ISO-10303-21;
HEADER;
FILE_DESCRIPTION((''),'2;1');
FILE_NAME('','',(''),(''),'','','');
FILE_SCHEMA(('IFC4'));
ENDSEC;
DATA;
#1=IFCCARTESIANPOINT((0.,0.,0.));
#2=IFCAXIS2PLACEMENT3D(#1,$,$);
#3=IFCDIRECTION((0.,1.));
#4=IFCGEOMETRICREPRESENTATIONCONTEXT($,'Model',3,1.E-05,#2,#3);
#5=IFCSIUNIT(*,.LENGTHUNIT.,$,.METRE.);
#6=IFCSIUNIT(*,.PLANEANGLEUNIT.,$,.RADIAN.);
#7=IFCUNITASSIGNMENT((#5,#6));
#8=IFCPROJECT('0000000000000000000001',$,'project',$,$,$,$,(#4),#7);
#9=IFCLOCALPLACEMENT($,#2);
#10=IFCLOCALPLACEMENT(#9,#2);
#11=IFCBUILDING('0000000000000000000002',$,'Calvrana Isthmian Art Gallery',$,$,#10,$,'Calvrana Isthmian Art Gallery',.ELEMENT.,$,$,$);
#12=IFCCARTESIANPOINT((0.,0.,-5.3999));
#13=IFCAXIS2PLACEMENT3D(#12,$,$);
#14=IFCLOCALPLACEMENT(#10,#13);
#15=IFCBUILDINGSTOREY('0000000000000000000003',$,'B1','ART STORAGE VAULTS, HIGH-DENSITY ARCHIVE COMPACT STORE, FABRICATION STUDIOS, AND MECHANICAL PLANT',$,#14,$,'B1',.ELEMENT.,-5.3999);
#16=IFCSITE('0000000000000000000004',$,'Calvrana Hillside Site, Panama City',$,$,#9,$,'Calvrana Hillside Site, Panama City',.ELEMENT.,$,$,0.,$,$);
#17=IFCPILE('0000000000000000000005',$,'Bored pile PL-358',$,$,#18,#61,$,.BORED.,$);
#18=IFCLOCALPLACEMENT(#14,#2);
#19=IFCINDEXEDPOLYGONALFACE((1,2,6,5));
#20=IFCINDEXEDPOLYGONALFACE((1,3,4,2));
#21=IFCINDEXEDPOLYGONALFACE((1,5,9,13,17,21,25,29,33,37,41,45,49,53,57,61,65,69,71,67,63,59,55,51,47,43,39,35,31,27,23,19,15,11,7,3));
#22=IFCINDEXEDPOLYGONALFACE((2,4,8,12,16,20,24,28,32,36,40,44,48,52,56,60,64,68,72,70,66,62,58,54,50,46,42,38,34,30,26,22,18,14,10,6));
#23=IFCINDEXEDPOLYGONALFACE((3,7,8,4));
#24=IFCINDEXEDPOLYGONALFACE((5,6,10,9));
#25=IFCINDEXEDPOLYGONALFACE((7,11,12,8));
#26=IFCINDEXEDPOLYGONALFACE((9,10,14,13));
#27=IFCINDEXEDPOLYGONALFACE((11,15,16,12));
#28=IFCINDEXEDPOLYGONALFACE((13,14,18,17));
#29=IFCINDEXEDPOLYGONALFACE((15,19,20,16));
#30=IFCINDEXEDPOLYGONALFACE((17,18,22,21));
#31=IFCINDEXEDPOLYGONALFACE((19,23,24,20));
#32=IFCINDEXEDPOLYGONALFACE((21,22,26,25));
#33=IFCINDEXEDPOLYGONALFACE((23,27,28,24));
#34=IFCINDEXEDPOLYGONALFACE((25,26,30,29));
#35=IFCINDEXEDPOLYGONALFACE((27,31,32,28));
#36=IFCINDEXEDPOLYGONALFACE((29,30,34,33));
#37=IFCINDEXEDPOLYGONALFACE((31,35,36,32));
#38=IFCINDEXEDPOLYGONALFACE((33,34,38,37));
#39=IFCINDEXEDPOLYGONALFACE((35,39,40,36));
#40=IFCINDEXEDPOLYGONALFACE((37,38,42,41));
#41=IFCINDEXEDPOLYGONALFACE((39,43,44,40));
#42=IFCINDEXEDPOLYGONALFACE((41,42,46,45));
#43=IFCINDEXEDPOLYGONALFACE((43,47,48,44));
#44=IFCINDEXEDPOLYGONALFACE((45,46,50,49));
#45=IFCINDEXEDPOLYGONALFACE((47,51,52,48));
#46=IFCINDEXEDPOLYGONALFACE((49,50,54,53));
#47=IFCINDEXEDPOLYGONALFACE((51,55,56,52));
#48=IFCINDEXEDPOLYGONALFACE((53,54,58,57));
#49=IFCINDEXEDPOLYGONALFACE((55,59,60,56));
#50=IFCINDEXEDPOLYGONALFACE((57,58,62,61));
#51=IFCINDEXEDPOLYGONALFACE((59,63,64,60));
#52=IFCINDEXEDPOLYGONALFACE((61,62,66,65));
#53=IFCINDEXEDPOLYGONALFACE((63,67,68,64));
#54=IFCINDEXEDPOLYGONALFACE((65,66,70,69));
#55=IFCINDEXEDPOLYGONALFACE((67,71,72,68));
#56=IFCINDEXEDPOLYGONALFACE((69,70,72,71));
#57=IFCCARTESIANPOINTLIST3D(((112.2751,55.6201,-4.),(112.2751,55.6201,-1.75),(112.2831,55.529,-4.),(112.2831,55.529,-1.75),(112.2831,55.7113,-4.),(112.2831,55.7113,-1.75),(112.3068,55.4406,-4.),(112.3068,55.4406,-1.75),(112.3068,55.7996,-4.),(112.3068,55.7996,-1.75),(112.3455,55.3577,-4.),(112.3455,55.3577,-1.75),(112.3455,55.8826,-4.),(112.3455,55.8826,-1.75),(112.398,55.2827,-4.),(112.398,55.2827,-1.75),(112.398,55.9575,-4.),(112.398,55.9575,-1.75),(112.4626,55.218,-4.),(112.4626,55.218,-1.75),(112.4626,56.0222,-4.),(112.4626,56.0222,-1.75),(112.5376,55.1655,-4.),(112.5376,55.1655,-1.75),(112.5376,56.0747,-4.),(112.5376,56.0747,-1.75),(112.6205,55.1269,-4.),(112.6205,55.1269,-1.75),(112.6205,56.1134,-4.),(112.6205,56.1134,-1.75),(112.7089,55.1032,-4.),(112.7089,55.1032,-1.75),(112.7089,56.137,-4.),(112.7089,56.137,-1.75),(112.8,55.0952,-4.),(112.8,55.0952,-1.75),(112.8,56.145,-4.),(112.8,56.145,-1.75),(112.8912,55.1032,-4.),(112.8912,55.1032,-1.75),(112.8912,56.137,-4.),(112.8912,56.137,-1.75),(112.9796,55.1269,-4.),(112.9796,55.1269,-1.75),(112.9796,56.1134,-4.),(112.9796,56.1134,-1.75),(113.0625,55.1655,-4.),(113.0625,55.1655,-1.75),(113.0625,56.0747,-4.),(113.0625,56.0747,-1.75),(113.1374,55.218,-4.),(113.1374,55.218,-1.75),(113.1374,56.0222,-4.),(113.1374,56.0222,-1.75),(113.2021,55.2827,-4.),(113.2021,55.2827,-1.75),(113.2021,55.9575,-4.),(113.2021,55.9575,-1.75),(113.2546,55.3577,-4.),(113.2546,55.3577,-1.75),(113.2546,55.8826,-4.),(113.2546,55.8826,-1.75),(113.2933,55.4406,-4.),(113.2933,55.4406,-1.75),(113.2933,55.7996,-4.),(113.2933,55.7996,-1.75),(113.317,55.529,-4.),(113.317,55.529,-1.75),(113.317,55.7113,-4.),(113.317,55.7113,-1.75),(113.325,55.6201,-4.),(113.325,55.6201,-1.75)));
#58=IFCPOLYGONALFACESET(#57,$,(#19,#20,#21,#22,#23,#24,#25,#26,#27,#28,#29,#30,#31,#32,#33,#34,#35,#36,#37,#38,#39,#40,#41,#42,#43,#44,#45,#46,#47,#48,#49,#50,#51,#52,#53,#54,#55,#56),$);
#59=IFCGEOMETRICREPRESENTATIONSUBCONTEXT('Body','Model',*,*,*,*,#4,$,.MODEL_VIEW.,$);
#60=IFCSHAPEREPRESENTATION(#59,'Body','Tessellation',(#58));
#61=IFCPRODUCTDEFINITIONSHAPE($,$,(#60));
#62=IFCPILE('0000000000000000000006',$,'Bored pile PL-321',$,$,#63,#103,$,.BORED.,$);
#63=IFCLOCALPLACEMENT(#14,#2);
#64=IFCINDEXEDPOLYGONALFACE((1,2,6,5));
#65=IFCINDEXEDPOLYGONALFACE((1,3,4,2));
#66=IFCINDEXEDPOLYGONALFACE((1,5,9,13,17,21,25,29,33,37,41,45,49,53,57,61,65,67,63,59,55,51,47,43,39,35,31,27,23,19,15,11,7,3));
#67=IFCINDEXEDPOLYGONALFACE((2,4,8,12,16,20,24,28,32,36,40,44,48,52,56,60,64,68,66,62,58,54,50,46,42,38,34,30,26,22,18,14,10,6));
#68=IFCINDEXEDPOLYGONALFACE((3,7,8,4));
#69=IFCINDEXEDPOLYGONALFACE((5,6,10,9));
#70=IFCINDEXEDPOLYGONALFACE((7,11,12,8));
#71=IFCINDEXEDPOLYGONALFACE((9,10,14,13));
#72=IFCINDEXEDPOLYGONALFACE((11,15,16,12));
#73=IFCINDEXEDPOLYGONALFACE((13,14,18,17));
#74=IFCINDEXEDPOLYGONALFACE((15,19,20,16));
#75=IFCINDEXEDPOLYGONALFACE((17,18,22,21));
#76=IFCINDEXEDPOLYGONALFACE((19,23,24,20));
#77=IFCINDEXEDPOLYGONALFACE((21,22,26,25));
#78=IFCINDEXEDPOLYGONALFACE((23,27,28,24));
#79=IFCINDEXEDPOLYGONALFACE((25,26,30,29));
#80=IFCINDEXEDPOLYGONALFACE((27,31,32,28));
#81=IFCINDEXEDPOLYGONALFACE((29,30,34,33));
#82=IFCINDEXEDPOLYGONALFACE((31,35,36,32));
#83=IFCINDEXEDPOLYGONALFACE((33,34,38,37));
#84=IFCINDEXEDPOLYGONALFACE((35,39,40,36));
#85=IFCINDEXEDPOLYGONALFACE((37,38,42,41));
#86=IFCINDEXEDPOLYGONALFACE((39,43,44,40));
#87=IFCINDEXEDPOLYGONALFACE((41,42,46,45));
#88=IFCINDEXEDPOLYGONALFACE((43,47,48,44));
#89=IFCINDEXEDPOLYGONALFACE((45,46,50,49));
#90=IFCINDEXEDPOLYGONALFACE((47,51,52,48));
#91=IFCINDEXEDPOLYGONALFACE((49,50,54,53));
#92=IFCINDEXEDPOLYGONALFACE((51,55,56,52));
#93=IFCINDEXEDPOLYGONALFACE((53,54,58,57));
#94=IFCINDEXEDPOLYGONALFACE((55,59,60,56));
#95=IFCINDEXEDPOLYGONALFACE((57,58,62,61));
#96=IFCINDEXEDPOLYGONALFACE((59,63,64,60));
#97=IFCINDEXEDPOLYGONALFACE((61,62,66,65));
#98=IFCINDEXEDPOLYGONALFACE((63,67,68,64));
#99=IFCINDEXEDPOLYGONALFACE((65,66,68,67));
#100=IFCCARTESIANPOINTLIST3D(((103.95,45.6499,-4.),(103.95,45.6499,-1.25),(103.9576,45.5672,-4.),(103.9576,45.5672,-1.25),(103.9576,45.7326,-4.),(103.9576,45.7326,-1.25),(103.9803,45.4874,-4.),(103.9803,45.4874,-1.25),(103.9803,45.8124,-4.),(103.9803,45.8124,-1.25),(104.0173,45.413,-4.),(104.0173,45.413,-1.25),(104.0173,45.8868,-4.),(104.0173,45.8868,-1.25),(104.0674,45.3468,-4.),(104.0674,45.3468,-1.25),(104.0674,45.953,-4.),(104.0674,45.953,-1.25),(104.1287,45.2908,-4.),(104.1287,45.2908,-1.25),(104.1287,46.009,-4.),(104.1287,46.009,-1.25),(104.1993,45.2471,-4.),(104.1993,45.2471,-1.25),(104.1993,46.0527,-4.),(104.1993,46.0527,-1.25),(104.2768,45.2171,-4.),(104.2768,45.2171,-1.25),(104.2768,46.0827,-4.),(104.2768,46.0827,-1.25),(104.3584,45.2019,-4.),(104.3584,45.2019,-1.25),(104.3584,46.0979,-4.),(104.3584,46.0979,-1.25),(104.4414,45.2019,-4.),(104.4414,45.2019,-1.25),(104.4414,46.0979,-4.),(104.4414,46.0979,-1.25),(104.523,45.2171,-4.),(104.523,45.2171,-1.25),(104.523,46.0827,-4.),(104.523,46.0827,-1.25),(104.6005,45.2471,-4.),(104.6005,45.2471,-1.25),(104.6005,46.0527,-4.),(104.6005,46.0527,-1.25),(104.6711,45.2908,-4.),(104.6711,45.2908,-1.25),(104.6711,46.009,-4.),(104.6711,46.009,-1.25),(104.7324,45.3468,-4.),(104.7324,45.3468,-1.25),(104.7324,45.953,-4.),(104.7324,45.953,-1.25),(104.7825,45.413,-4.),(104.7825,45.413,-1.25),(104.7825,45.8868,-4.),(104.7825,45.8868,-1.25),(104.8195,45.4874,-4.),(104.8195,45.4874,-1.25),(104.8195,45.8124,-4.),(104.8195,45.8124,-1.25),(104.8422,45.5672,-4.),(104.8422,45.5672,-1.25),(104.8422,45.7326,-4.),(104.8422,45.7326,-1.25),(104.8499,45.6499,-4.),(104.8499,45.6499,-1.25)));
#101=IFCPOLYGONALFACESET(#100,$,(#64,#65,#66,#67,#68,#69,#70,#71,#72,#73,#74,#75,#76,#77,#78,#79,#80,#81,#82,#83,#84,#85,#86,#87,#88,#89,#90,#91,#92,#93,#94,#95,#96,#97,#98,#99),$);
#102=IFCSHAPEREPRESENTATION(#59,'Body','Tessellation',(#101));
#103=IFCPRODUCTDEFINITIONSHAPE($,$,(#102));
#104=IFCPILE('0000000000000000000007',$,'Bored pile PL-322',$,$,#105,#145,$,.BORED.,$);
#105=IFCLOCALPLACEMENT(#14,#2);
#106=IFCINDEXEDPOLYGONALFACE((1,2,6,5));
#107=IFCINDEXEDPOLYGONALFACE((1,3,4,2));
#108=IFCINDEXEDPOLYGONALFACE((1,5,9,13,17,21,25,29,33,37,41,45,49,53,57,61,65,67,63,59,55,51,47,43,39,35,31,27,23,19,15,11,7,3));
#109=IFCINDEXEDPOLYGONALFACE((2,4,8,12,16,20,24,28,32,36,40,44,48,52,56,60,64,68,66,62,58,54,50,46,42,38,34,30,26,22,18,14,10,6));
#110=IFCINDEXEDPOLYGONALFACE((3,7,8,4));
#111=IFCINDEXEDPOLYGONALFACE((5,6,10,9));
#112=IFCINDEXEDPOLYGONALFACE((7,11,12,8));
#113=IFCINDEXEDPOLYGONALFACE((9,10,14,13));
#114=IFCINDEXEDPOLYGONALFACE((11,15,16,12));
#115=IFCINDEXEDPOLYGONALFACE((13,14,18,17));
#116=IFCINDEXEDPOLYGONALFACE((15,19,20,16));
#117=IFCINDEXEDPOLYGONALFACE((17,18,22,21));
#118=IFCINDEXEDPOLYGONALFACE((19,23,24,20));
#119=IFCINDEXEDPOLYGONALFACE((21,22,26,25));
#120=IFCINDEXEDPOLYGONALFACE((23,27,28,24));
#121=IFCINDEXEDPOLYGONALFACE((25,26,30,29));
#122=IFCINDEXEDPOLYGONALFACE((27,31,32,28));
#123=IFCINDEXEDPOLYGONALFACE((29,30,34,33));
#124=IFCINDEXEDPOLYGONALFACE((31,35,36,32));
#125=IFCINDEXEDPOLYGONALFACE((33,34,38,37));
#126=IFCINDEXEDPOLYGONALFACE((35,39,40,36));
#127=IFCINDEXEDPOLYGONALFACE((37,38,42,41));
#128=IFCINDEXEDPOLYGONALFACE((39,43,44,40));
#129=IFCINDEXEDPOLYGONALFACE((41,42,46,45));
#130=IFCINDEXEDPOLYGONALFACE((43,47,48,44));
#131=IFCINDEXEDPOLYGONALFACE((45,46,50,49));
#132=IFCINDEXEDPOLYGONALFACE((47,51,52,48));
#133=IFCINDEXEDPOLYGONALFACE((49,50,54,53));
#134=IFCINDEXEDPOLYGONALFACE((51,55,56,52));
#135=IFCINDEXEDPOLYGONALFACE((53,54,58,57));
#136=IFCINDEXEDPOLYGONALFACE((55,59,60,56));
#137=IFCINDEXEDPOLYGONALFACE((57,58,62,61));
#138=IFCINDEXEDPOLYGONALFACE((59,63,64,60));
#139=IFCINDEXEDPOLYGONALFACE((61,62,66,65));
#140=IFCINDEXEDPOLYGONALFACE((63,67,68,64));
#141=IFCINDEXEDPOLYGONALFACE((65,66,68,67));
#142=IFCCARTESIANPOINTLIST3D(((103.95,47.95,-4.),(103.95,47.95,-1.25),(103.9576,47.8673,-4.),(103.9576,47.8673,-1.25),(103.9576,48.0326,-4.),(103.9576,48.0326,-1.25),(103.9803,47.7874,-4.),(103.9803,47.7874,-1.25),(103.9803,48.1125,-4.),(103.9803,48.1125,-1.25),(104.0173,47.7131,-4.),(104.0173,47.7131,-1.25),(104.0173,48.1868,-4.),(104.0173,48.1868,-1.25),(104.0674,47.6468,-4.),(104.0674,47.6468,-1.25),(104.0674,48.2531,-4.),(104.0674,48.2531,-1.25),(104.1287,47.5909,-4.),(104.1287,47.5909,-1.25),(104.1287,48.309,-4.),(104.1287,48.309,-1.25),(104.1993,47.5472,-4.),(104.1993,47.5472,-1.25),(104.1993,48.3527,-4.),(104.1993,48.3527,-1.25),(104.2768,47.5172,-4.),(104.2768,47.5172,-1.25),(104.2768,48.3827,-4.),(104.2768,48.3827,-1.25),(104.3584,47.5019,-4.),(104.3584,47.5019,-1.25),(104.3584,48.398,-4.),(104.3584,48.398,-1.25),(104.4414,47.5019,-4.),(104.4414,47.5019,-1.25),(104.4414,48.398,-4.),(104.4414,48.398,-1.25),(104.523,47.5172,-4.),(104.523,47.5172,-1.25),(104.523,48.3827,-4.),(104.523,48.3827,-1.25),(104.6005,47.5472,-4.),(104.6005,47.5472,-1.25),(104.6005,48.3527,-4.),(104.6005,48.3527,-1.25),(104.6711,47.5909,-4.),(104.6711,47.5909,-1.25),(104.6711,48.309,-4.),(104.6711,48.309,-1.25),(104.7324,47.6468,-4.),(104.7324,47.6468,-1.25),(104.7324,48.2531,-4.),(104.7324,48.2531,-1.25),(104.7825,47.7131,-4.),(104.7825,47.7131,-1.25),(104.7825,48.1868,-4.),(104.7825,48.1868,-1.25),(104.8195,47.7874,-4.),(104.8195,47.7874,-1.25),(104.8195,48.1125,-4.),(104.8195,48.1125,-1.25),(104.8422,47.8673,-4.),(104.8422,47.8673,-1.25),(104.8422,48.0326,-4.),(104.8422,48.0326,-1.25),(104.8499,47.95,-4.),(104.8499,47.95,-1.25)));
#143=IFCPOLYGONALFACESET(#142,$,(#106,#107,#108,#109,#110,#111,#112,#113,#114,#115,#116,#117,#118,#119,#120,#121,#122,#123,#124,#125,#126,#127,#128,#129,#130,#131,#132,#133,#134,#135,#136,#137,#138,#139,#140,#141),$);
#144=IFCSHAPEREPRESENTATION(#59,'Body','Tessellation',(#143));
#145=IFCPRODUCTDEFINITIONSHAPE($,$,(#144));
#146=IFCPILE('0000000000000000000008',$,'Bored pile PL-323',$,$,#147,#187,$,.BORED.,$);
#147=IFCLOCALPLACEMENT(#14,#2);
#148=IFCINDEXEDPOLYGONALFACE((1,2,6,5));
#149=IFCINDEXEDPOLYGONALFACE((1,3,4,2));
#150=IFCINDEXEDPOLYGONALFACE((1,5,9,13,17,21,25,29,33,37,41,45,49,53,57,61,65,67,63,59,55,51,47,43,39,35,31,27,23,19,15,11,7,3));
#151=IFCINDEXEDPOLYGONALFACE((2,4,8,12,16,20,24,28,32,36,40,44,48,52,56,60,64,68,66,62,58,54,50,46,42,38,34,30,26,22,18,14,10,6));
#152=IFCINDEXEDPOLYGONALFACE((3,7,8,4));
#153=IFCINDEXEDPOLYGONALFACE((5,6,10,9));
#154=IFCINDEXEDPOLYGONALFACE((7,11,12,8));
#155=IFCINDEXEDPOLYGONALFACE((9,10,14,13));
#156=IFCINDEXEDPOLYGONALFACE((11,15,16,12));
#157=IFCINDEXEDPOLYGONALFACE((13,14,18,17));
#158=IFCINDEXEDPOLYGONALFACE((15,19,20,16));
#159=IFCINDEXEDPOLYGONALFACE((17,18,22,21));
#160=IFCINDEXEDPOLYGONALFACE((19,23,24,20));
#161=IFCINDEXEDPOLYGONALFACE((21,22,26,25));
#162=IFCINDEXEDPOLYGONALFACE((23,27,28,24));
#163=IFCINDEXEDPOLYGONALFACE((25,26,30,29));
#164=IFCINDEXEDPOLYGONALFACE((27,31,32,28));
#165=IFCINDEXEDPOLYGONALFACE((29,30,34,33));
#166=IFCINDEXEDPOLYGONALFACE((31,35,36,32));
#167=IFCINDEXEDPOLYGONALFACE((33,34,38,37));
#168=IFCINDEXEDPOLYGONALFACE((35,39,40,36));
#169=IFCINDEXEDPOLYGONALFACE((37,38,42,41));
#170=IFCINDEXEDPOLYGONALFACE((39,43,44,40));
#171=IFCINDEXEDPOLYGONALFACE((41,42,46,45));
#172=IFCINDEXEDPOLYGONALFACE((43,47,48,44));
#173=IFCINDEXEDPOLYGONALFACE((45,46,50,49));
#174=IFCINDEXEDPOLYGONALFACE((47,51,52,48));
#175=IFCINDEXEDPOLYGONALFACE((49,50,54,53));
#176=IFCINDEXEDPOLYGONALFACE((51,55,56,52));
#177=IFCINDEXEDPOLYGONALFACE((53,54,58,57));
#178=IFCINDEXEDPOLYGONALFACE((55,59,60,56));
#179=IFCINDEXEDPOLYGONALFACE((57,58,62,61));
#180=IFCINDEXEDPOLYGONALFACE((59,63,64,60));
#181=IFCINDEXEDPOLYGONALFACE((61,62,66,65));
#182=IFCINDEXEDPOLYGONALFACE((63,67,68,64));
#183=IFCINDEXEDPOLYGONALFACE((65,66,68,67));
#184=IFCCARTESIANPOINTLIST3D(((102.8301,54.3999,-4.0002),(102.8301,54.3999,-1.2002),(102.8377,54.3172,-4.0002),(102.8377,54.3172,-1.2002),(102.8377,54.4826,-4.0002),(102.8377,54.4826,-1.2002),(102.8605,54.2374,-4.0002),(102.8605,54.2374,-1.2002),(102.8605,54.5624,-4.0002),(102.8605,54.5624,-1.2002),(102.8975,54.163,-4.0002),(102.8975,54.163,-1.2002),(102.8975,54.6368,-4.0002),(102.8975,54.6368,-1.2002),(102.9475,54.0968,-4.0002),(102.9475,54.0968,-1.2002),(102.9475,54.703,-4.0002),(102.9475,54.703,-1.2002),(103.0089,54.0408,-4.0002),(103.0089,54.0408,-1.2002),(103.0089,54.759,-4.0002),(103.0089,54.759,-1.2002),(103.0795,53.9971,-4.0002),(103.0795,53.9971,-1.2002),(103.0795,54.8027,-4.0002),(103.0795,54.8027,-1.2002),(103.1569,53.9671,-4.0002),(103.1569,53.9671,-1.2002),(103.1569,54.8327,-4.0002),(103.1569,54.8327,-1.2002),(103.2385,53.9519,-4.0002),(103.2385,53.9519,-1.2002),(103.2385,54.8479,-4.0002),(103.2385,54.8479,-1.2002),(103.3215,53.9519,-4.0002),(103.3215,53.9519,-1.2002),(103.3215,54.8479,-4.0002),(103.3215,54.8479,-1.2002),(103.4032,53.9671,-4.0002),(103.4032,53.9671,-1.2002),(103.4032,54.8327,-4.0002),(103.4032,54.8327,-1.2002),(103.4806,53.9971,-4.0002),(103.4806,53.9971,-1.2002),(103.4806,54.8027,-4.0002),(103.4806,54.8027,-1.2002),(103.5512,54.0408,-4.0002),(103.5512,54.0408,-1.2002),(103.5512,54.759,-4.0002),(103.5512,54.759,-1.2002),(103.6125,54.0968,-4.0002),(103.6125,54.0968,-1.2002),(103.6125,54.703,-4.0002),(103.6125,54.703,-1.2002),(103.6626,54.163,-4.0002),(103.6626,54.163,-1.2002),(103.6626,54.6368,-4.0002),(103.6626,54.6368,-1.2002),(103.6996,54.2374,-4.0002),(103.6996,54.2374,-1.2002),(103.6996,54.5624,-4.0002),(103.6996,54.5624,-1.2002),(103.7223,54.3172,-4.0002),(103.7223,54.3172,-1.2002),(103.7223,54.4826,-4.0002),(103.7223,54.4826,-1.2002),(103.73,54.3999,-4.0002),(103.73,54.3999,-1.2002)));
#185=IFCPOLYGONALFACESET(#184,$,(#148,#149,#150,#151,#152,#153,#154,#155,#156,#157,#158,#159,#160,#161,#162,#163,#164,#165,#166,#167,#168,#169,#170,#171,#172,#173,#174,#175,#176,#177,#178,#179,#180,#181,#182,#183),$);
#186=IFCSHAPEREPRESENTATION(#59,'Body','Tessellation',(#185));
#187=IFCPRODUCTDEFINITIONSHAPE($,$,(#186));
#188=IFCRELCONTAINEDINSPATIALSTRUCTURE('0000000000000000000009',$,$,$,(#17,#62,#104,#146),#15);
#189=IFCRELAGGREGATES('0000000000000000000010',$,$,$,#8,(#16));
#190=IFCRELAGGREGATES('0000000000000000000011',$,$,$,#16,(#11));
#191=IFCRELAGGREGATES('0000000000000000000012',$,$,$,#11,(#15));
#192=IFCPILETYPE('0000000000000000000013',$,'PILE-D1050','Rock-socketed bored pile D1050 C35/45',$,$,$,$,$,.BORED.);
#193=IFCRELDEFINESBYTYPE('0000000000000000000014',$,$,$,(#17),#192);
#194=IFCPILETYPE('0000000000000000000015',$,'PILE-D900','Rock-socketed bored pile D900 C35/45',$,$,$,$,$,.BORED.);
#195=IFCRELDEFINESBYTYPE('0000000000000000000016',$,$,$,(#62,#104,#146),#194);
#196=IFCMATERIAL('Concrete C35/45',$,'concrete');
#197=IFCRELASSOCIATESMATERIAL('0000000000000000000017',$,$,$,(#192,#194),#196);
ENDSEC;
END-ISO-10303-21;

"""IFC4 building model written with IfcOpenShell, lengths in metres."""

from ifc_helpers import new_model, si_unit, direction, frame, origin, origin_2d, place, context, subcontext, project, spatial, circle, extrude, material, material_profile, profile_set, type_object, element, save


model = new_model("IFC4")

# Units and contexts
model_context = context("Model", 3, precision=1e-05, world=origin(), true_north=direction((0.0, 1.0)))
body_context = subcontext(model_context, "Body", "Model", "MODEL_VIEW")
ifc_project = project(units=[si_unit("LENGTHUNIT", "METRE"), si_unit("PLANEANGLEUNIT", "RADIAN")], contexts=[model_context])

# Site, building, storey
site_placement = place(None, origin())
site = spatial("IfcSite", under=ifc_project, at=site_placement, Name="Calvrana Hillside Site, Panama City", LongName="Calvrana Hillside Site, Panama City", CompositionType="ELEMENT", RefElevation=0.0)
building_placement = place(site_placement, origin())
building = spatial("IfcBuilding", under=site, at=building_placement, Name="Calvrana Isthmian Art Gallery", LongName="Calvrana Isthmian Art Gallery", CompositionType="ELEMENT")
storey_placement = place(building_placement, frame((0.0, 0.0, -5.3999)))
storey = spatial("IfcBuildingStorey", under=building, at=storey_placement, Name="B1", Description="ART STORAGE VAULTS, HIGH-DENSITY ARCHIVE COMPACT STORE, FABRICATION STUDIOS, AND MECHANICAL PLANT", LongName="B1", CompositionType="ELEMENT", Elevation=-5.3999)

# Shared definitions
ifc_material_1 = material(Name="Concrete C35/45", Category="concrete")

# Piles
ifc_material_profile_1 = material_profile(ifc_material_1, circle(Radius=0.5249, at=origin_2d()), Name="PILE1050D")
ifc_profile_set_1 = profile_set([ifc_material_profile_1], Name="Concrete C35/45")
pile_type_1 = type_object("IfcPileType", Name="PILE-D1050", Description="Rock-socketed bored pile D1050 C35/45", PredefinedType="BORED", material=ifc_profile_set_1)
for number, where, z_axis, x_axis, name in (
    (1, (112.8, 55.6201, -1.75), (0.0, 0.0, -1.0), (1.0, 0.0, 0.0), "Bored pile PL-358"),
):
    element("IfcPile", number, at=place(storey_placement, frame(where, z_axis=z_axis, x_axis=x_axis)), inside=storey, type_object=pile_type_1, Name=name, PredefinedType="BORED", context=body_context, shape_type="SweptSolid", body=[
        extrude(circle(Radius=0.5249, at=origin_2d()), origin(), (0.0, 0.0, 1.0), 2.25),
    ])
ifc_material_profile_2 = material_profile(ifc_material_1, circle(Radius=0.45, at=origin_2d()), Name="PILE900D")
ifc_profile_set_2 = profile_set([ifc_material_profile_2], Name="Concrete C35/45")
pile_type_2 = type_object("IfcPileType", Name="PILE-D900", Description="Rock-socketed bored pile D900 C35/45", PredefinedType="BORED", material=ifc_profile_set_2)
for number, where, z_axis, x_axis, name in (
    (2, (104.3999, 45.6499, -1.25), (0.0, 0.0, -1.0), (1.0, 0.0, 0.0), "Bored pile PL-321"),
    (3, (104.3999, 47.95, -1.25), (0.0, 0.0, -1.0), (1.0, 0.0, 0.0), "Bored pile PL-322"),
):
    element("IfcPile", number, at=place(storey_placement, frame(where, z_axis=z_axis, x_axis=x_axis)), inside=storey, type_object=pile_type_2, Name=name, PredefinedType="BORED", context=body_context, shape_type="SweptSolid", body=[
        extrude(circle(Radius=0.45, at=origin_2d()), origin(), (0.0, 0.0, 1.0), 2.75),
    ])
for number, where, z_axis, x_axis, name in (
    (4, (103.28, 54.3999, -1.2002), (0.0, 0.0, -1.0), (1.0, 0.0, 0.0), "Bored pile PL-323"),
):
    element("IfcPile", number, at=place(storey_placement, frame(where, z_axis=z_axis, x_axis=x_axis)), inside=storey, type_object=pile_type_2, Name=name, PredefinedType="BORED", context=body_context, shape_type="SweptSolid", body=[
        extrude(circle(Radius=0.45, at=origin_2d()), origin(), (0.0, 0.0, 1.0), 2.8),
    ])

save(model, "model.ifc")
